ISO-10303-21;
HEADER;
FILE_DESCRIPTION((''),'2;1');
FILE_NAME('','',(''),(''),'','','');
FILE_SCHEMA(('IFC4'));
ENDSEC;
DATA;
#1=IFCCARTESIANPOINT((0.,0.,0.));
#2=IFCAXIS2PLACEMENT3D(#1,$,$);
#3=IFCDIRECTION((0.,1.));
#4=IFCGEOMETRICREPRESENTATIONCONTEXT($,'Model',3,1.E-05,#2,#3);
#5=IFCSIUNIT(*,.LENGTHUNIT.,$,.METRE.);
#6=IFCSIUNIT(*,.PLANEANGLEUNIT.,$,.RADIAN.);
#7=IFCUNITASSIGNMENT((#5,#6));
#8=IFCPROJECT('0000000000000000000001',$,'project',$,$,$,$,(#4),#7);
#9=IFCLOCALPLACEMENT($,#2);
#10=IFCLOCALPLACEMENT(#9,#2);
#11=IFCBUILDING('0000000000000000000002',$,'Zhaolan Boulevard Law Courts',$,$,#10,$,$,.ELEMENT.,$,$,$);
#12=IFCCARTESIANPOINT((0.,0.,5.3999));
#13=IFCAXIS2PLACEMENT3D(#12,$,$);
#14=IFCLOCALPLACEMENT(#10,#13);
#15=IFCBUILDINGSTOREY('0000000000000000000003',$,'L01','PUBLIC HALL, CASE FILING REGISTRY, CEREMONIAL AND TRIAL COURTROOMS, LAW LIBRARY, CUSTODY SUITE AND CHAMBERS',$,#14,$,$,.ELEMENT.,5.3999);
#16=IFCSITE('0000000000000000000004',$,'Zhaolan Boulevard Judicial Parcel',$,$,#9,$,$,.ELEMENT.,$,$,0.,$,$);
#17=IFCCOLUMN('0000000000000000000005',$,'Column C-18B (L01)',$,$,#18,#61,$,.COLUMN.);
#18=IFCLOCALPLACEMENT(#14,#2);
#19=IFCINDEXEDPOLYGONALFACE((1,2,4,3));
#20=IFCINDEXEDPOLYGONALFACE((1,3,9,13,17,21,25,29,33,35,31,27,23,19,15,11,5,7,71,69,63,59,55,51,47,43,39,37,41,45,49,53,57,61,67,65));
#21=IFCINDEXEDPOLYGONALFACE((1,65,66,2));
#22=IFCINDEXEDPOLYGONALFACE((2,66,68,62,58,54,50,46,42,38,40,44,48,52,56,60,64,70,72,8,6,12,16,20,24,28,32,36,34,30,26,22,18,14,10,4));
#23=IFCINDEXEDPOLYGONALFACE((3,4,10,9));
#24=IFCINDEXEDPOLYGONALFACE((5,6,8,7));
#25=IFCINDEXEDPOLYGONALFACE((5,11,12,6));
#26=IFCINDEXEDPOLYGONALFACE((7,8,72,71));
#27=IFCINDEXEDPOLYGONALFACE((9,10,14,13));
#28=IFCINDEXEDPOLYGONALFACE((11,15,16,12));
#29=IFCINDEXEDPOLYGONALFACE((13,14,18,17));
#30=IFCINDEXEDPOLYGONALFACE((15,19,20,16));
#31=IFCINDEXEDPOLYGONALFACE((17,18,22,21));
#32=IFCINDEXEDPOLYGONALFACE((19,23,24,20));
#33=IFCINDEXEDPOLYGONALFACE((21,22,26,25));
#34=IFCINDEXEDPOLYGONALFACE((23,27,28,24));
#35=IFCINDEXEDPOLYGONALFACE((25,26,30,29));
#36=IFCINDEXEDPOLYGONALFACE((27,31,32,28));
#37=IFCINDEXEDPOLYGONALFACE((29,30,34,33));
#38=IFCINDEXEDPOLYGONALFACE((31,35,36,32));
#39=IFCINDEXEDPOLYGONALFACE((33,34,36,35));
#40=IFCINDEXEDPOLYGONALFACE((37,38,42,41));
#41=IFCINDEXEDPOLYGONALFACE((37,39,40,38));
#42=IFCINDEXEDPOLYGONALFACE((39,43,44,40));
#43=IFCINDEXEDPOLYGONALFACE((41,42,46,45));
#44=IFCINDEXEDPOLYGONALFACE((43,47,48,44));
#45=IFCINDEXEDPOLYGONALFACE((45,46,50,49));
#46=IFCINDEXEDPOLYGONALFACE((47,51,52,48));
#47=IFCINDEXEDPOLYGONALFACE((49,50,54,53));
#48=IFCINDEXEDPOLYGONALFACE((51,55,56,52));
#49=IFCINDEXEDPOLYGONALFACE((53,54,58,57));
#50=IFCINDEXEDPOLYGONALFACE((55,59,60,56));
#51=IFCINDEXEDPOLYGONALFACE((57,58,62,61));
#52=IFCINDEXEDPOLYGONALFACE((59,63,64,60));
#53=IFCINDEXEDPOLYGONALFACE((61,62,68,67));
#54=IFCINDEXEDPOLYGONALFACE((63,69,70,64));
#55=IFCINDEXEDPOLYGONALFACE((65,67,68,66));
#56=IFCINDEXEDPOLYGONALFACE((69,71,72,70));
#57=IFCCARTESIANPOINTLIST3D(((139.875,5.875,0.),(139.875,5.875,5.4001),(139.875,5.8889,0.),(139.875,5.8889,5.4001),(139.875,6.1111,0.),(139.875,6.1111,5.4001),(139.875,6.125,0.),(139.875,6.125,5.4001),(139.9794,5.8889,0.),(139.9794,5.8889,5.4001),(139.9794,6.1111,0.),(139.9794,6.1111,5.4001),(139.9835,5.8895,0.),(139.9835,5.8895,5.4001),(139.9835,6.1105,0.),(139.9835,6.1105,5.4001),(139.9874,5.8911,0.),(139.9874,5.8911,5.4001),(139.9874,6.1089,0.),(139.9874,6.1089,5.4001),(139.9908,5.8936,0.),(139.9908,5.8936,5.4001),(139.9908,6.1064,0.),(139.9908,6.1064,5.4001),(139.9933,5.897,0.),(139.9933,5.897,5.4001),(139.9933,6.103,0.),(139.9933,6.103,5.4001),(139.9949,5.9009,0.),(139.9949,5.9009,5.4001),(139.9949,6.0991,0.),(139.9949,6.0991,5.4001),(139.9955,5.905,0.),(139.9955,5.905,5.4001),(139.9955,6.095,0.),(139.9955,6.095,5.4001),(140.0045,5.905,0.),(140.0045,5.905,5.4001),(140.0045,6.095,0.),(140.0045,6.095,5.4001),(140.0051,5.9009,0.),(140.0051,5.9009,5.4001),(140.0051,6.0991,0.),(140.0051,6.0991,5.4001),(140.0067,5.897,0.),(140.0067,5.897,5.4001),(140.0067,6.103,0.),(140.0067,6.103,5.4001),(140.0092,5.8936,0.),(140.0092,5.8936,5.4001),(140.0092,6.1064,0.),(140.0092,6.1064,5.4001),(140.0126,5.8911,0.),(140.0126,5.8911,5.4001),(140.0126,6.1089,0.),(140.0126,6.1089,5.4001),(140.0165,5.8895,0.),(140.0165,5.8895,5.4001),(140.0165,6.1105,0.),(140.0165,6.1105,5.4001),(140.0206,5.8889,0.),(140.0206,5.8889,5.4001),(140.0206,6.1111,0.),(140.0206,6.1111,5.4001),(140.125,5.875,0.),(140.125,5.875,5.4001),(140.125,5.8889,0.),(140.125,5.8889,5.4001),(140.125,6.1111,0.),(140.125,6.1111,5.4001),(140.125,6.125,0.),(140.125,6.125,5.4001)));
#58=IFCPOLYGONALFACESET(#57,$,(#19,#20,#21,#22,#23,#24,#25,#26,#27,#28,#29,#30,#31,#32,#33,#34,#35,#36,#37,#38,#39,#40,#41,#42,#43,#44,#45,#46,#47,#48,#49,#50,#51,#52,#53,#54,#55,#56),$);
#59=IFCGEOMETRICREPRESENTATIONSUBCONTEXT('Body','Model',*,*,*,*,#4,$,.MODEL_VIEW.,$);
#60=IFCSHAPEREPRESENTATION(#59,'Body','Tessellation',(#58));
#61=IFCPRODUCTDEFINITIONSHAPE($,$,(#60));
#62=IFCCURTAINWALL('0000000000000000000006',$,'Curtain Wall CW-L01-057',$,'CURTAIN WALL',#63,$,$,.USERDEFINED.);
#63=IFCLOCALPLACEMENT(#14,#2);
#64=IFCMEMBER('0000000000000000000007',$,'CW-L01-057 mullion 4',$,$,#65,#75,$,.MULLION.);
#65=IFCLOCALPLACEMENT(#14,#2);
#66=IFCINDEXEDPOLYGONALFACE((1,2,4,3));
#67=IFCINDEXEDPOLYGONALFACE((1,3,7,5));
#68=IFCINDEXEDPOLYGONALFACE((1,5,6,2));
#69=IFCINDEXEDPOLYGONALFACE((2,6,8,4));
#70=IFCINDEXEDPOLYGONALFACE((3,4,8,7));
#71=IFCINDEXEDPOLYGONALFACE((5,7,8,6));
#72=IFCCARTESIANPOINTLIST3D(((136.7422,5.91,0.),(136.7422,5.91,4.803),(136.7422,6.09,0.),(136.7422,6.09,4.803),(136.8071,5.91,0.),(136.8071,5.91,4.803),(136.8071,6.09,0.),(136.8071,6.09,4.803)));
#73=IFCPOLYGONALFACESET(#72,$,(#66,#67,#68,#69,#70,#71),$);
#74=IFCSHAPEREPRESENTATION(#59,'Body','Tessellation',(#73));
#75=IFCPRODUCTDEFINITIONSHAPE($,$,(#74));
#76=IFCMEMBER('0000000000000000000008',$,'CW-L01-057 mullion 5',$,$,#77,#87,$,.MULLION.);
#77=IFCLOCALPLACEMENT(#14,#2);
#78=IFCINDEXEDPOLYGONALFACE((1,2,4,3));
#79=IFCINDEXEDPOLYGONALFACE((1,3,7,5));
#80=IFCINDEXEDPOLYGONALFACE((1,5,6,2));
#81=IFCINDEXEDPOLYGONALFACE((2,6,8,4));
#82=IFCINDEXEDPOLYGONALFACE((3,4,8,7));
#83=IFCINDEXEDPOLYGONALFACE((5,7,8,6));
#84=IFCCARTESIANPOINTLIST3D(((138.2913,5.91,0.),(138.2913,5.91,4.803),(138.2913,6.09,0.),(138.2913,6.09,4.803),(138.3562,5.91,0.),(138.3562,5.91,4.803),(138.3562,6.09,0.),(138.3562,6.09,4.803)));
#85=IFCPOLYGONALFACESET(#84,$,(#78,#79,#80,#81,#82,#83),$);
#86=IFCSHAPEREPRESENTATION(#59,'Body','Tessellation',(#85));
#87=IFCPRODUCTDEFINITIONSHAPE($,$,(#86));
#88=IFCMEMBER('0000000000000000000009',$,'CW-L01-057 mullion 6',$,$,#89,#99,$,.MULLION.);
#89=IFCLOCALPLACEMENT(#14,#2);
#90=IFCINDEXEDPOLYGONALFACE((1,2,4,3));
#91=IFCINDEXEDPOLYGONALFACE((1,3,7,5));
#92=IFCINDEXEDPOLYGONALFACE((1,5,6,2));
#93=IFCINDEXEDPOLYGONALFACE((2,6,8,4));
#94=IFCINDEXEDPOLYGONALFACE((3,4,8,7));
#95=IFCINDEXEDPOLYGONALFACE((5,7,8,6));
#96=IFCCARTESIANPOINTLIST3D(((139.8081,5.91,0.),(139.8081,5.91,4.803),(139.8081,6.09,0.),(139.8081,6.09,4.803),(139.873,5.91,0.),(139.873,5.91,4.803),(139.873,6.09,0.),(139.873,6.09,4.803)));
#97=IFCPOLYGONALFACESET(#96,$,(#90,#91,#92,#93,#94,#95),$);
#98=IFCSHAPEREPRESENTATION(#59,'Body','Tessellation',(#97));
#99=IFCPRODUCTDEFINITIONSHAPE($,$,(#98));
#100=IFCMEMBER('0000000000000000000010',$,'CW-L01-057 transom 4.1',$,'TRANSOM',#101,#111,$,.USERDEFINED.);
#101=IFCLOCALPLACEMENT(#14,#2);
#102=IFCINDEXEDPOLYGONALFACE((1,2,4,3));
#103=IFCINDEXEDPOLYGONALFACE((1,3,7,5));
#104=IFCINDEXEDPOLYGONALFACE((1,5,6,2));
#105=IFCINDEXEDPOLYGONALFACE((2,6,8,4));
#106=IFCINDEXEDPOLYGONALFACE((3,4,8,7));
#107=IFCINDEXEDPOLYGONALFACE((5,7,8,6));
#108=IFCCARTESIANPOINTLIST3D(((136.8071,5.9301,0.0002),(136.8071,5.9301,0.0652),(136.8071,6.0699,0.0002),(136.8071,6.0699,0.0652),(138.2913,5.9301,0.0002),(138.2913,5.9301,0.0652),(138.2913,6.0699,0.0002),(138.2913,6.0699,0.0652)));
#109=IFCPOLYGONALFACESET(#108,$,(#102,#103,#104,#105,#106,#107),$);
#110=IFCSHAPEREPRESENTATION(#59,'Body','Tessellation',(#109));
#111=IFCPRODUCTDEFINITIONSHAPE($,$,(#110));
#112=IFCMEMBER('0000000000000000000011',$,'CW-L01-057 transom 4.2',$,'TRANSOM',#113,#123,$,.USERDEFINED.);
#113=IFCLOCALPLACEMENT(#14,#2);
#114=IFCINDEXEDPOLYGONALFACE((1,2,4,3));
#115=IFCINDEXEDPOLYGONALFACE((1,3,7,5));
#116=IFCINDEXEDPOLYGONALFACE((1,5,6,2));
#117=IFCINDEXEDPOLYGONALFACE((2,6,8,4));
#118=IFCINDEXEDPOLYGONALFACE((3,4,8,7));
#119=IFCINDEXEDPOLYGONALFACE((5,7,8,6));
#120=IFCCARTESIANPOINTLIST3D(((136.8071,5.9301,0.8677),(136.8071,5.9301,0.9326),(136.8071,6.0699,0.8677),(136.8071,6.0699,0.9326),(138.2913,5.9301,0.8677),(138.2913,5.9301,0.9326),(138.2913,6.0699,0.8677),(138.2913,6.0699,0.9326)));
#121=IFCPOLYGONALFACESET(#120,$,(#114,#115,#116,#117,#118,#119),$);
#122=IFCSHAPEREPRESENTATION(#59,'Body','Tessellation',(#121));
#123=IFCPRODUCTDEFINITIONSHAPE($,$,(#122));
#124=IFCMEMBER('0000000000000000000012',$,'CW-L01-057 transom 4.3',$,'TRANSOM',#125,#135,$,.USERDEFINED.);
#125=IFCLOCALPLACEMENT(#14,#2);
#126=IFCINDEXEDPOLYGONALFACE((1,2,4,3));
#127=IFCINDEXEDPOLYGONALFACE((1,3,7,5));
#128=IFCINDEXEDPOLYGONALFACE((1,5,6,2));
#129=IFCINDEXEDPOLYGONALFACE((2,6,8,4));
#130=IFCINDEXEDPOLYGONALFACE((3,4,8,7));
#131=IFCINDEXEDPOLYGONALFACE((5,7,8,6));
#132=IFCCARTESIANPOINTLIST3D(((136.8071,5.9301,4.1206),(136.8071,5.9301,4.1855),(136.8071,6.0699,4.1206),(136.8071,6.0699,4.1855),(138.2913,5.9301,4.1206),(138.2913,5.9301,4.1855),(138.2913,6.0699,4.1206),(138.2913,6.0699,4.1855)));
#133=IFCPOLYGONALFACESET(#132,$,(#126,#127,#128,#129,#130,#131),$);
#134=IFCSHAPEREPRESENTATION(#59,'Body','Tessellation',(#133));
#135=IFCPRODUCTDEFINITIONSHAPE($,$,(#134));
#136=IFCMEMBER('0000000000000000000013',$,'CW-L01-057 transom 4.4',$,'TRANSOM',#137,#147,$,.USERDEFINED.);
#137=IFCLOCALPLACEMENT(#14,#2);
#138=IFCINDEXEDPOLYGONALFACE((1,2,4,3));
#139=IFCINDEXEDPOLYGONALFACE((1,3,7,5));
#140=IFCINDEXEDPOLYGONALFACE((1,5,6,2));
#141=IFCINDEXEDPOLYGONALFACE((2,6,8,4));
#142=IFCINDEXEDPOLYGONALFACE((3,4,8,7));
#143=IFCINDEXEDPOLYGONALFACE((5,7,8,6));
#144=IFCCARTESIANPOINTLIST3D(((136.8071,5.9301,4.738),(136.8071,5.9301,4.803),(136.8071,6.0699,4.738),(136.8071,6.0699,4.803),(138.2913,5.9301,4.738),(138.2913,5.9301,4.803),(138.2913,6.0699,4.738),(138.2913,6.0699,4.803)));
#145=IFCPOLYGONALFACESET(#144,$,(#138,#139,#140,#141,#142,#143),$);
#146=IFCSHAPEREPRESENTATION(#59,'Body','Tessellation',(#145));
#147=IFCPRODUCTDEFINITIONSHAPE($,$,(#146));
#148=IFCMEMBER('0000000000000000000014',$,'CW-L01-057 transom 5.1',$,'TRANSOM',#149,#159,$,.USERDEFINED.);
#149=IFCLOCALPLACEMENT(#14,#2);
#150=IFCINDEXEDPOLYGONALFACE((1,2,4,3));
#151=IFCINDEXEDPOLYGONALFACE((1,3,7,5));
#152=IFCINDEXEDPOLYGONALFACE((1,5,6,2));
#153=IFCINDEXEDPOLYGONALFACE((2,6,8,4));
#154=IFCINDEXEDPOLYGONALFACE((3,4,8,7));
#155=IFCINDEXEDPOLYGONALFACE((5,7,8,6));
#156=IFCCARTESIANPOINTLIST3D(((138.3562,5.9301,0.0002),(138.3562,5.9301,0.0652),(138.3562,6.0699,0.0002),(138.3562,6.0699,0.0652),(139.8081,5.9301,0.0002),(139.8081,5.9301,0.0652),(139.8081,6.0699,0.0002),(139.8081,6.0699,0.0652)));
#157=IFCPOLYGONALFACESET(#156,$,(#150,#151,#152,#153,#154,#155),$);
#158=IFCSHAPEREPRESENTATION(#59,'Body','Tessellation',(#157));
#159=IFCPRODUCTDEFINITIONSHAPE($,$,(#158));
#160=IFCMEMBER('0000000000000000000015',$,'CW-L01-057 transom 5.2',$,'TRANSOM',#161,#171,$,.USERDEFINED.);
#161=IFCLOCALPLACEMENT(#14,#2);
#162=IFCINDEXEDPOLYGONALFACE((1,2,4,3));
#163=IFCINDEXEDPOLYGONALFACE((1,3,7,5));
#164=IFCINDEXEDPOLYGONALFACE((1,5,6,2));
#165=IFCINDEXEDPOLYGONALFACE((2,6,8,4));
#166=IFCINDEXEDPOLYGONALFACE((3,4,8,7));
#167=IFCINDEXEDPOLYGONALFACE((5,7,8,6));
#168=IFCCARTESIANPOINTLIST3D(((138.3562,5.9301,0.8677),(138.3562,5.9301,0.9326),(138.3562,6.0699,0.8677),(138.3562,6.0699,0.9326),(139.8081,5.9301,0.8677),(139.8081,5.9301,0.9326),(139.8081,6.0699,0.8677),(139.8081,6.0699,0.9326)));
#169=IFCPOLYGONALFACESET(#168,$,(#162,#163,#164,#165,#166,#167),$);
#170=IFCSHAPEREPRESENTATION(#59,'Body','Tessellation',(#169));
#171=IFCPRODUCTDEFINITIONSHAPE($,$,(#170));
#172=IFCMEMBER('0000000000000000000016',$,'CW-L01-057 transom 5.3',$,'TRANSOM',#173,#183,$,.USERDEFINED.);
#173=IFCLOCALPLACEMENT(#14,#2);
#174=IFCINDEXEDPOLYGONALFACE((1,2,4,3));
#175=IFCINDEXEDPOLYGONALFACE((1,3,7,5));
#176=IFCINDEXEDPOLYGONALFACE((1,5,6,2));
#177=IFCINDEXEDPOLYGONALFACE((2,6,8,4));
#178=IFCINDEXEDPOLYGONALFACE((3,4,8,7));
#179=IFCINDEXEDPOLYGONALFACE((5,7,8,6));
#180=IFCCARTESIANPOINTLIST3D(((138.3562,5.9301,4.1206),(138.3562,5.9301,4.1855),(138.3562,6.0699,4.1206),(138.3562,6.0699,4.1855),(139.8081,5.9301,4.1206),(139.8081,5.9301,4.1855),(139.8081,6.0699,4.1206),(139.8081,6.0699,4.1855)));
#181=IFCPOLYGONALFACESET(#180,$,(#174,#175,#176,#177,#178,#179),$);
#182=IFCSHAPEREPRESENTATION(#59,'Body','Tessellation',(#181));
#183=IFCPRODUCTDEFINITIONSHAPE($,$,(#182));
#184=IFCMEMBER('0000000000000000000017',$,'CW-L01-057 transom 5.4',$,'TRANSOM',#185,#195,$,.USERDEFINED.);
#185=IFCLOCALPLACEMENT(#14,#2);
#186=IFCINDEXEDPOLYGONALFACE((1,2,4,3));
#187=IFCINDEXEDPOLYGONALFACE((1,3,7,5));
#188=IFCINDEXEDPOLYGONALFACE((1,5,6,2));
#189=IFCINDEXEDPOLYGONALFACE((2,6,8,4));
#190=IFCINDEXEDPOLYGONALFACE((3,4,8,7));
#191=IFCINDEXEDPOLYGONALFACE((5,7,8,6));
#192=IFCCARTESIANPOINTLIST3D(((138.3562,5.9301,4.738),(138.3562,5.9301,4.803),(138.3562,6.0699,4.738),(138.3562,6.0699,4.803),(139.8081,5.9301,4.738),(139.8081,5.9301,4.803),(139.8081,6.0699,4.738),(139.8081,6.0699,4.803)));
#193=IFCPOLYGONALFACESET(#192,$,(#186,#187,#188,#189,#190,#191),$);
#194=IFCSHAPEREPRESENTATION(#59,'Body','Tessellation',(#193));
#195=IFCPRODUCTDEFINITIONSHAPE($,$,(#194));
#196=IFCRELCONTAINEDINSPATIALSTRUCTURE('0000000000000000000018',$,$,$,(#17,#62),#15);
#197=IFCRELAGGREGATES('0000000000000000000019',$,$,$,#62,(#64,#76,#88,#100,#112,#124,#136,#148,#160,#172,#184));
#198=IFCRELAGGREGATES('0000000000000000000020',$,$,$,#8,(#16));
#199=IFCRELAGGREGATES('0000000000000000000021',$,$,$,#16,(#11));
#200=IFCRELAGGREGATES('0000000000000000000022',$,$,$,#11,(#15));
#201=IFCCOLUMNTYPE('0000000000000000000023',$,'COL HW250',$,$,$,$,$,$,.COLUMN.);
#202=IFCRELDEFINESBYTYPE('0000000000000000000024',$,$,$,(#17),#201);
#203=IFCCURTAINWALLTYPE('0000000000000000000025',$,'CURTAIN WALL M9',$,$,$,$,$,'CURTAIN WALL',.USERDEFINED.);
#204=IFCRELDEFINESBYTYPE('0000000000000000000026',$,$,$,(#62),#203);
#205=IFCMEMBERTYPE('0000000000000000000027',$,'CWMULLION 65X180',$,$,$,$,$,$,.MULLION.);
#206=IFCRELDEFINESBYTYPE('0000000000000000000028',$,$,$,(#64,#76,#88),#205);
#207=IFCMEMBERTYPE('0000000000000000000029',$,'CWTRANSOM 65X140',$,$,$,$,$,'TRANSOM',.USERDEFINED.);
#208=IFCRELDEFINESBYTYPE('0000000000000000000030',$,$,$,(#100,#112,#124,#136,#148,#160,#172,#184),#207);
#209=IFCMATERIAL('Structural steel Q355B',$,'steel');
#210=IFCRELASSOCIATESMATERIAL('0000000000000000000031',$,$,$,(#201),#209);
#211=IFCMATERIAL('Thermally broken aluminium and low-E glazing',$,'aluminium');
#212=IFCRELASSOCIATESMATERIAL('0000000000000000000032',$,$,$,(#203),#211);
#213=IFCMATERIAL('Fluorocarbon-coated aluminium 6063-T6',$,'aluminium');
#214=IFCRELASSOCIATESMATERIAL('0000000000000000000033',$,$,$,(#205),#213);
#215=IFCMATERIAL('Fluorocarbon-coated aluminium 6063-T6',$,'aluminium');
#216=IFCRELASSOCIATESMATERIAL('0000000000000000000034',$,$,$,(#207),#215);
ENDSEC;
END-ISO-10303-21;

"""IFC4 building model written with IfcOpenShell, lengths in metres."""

from ifc_helpers import new_model, si_unit, direction, frame, origin, origin_2d, place, context, subcontext, project, spatial, rectangle, i_section, extrude, material, material_profile, profile_set, type_object, element, aggregate, save


model = new_model("IFC4")

# Units and contexts
model_context = context("Model", 3, precision=1e-05, world=origin(), true_north=direction((0.0, 1.0)))
body_context = subcontext(model_context, "Body", "Model", "MODEL_VIEW")
ifc_project = project(units=[si_unit("LENGTHUNIT", "METRE"), si_unit("PLANEANGLEUNIT", "RADIAN")], contexts=[model_context])

# Site, building, storey
site_placement = place(None, origin())
site = spatial("IfcSite", under=ifc_project, at=site_placement, Name="Zhaolan Boulevard Judicial Parcel", CompositionType="ELEMENT", RefElevation=0.0)
building_placement = place(site_placement, origin())
building = spatial("IfcBuilding", under=site, at=building_placement, Name="Zhaolan Boulevard Law Courts", CompositionType="ELEMENT")
storey_placement = place(building_placement, frame((0.0, 0.0, 5.3999)))
storey = spatial("IfcBuildingStorey", under=building, at=storey_placement, Name="L01", Description="PUBLIC HALL, CASE FILING REGISTRY, CEREMONIAL AND TRIAL COURTROOMS, LAW LIBRARY, CUSTODY SUITE AND CHAMBERS", CompositionType="ELEMENT", Elevation=5.3999)

# Column
ifc_material_1 = material(Name="Structural steel Q355B", Category="steel")
ifc_material_profile_1 = material_profile(ifc_material_1, i_section(OverallWidth=0.25, OverallDepth=0.25, WebThickness=0.009, FlangeThickness=0.0139, FilletRadius=0.0161, at=origin_2d()), Name="HW250x250")
ifc_profile_set_1 = profile_set([ifc_material_profile_1], Name="Structural steel Q355B")
column_type = type_object("IfcColumnType", Name="COL HW250", PredefinedType="COLUMN", material=ifc_profile_set_1)
column_placement = place(storey_placement, frame((140.0, 6.0, 0.0), z_axis=(0.0, 0.0, 1.0), x_axis=(1.0, 0.0, 0.0)))
element("IfcColumn", 1, at=column_placement, inside=storey, type_object=column_type, Name="Column C-18B (L01)", PredefinedType="COLUMN", context=body_context, shape_type="SweptSolid", body=[
    extrude(i_section(OverallWidth=0.25, OverallDepth=0.25, WebThickness=0.009, FlangeThickness=0.0139, FilletRadius=0.0161, at=origin_2d()), origin(), (0.0, 0.0, 1.0), 5.4001),
])

# Curtain wall, members
ifc_material_2 = material(Name="Thermally broken aluminium and low-E glazing", Category="aluminium")
curtain_wall_type = type_object("IfcCurtainWallType", Name="CURTAIN WALL M9", ElementType="CURTAIN WALL", PredefinedType="USERDEFINED", material=ifc_material_2)
curtain_wall_placement = place(storey_placement, origin())
curtain_wall = element("IfcCurtainWall", 2, at=curtain_wall_placement, inside=storey, type_object=curtain_wall_type, Name="Curtain Wall CW-L01-057", ObjectType="CURTAIN WALL", PredefinedType="USERDEFINED")
ifc_material_3 = material(Name="Fluorocarbon-coated aluminium 6063-T6", Category="aluminium")
ifc_material_profile_2 = material_profile(ifc_material_3, rectangle(XDim=0.1799, YDim=0.0649, at=origin_2d()), Name="AL65x180")
ifc_profile_set_2 = profile_set([ifc_material_profile_2], Name="Fluorocarbon-coated aluminium 6063-T6")
member_type_1 = type_object("IfcMemberType", Name="CWMULLION 65X180", PredefinedType="MULLION", material=ifc_profile_set_2)
member_1_placement = place(storey_placement, frame((136.7747, 6.0, 0.0), z_axis=(0.0, 0.0, 1.0), x_axis=(0.0, 1.0, 0.0)))
member_1 = element("IfcMember", 3, at=member_1_placement, type_object=member_type_1, Name="CW-L01-057 mullion 4", PredefinedType="MULLION", context=body_context, shape_type="SweptSolid", body=[
    extrude(rectangle(XDim=0.1799, YDim=0.0649, at=origin_2d()), origin(), (0.0, 0.0, 1.0), 4.803),
])
member_2_placement = place(storey_placement, frame((138.3237, 6.0, 0.0), z_axis=(0.0, 0.0, 1.0), x_axis=(0.0, 1.0, 0.0)))
member_2 = element("IfcMember", 4, at=member_2_placement, type_object=member_type_1, Name="CW-L01-057 mullion 5", PredefinedType="MULLION", context=body_context, shape_type="SweptSolid", body=[
    extrude(rectangle(XDim=0.1799, YDim=0.0649, at=origin_2d()), origin(), (0.0, 0.0, 1.0), 4.803),
])
member_3_placement = place(storey_placement, frame((139.8406, 6.0, 0.0), z_axis=(0.0, 0.0, 1.0), x_axis=(0.0, 1.0, 0.0)))
member_3 = element("IfcMember", 5, at=member_3_placement, type_object=member_type_1, Name="CW-L01-057 mullion 6", PredefinedType="MULLION", context=body_context, shape_type="SweptSolid", body=[
    extrude(rectangle(XDim=0.1799, YDim=0.0649, at=origin_2d()), origin(), (0.0, 0.0, 1.0), 4.803),
])
ifc_material_4 = material(Name="Fluorocarbon-coated aluminium 6063-T6", Category="aluminium")
ifc_material_profile_3 = material_profile(ifc_material_4, rectangle(XDim=0.1399, YDim=0.0649, at=origin_2d()), Name="AL65x140")
ifc_profile_set_3 = profile_set([ifc_material_profile_3], Name="Fluorocarbon-coated aluminium 6063-T6")
member_type_2 = type_object("IfcMemberType", Name="CWTRANSOM 65X140", ElementType="TRANSOM", PredefinedType="USERDEFINED", material=ifc_profile_set_3)
member_4_placement = place(storey_placement, frame((136.8071, 6.0, 0.0327), z_axis=(1.0, 0.0, 0.0), x_axis=(0.0, 1.0, 0.0)))
member_4 = element("IfcMember", 6, at=member_4_placement, type_object=member_type_2, Name="CW-L01-057 transom 4.1", ObjectType="TRANSOM", PredefinedType="USERDEFINED", context=body_context, shape_type="SweptSolid", body=[
    extrude(rectangle(XDim=0.1399, YDim=0.0649, at=origin_2d()), origin(), (0.0, 0.0, 1.0), 1.4841),
])
member_5_placement = place(storey_placement, frame((136.8071, 6.0, 0.9001), z_axis=(1.0, 0.0, 0.0), x_axis=(0.0, 1.0, 0.0)))
member_5 = element("IfcMember", 7, at=member_5_placement, type_object=member_type_2, Name="CW-L01-057 transom 4.2", ObjectType="TRANSOM", PredefinedType="USERDEFINED", context=body_context, shape_type="SweptSolid", body=[
    extrude(rectangle(XDim=0.1399, YDim=0.0649, at=origin_2d()), origin(), (0.0, 0.0, 1.0), 1.4841),
])
member_6_placement = place(storey_placement, frame((136.8071, 6.0, 4.1531), z_axis=(1.0, 0.0, 0.0), x_axis=(0.0, 1.0, 0.0)))
member_6 = element("IfcMember", 8, at=member_6_placement, type_object=member_type_2, Name="CW-L01-057 transom 4.3", ObjectType="TRANSOM", PredefinedType="USERDEFINED", context=body_context, shape_type="SweptSolid", body=[
    extrude(rectangle(XDim=0.1399, YDim=0.0649, at=origin_2d()), origin(), (0.0, 0.0, 1.0), 1.4841),
])
member_7_placement = place(storey_placement, frame((136.8071, 6.0, 4.7705), z_axis=(1.0, 0.0, 0.0), x_axis=(0.0, 1.0, 0.0)))
member_7 = element("IfcMember", 9, at=member_7_placement, type_object=member_type_2, Name="CW-L01-057 transom 4.4", ObjectType="TRANSOM", PredefinedType="USERDEFINED", context=body_context, shape_type="SweptSolid", body=[
    extrude(rectangle(XDim=0.1399, YDim=0.0649, at=origin_2d()), origin(), (0.0, 0.0, 1.0), 1.4841),
])
member_8_placement = place(storey_placement, frame((138.3562, 6.0, 0.0327), z_axis=(1.0, 0.0, 0.0), x_axis=(0.0, 1.0, 0.0)))
member_8 = element("IfcMember", 10, at=member_8_placement, type_object=member_type_2, Name="CW-L01-057 transom 5.1", ObjectType="TRANSOM", PredefinedType="USERDEFINED", context=body_context, shape_type="SweptSolid", body=[
    extrude(rectangle(XDim=0.1399, YDim=0.0649, at=origin_2d()), origin(), (0.0, 0.0, 1.0), 1.4519),
])
member_9_placement = place(storey_placement, frame((138.3562, 6.0, 0.9001), z_axis=(1.0, 0.0, 0.0), x_axis=(0.0, 1.0, 0.0)))
member_9 = element("IfcMember", 11, at=member_9_placement, type_object=member_type_2, Name="CW-L01-057 transom 5.2", ObjectType="TRANSOM", PredefinedType="USERDEFINED", context=body_context, shape_type="SweptSolid", body=[
    extrude(rectangle(XDim=0.1399, YDim=0.0649, at=origin_2d()), origin(), (0.0, 0.0, 1.0), 1.4519),
])
member_10_placement = place(storey_placement, frame((138.3562, 6.0, 4.1531), z_axis=(1.0, 0.0, 0.0), x_axis=(0.0, 1.0, 0.0)))
member_10 = element("IfcMember", 12, at=member_10_placement, type_object=member_type_2, Name="CW-L01-057 transom 5.3", ObjectType="TRANSOM", PredefinedType="USERDEFINED", context=body_context, shape_type="SweptSolid", body=[
    extrude(rectangle(XDim=0.1399, YDim=0.0649, at=origin_2d()), origin(), (0.0, 0.0, 1.0), 1.4519),
])
member_11_placement = place(storey_placement, frame((138.3562, 6.0, 4.7705), z_axis=(1.0, 0.0, 0.0), x_axis=(0.0, 1.0, 0.0)))
member_11 = element("IfcMember", 13, at=member_11_placement, type_object=member_type_2, Name="CW-L01-057 transom 5.4", ObjectType="TRANSOM", PredefinedType="USERDEFINED", context=body_context, shape_type="SweptSolid", body=[
    extrude(rectangle(XDim=0.1399, YDim=0.0649, at=origin_2d()), origin(), (0.0, 0.0, 1.0), 1.4519),
])
aggregate(curtain_wall, [member_1, member_2, member_3, member_4, member_5, member_6, member_7, member_8, member_9, member_10, member_11])

save(model, "model.ifc")
